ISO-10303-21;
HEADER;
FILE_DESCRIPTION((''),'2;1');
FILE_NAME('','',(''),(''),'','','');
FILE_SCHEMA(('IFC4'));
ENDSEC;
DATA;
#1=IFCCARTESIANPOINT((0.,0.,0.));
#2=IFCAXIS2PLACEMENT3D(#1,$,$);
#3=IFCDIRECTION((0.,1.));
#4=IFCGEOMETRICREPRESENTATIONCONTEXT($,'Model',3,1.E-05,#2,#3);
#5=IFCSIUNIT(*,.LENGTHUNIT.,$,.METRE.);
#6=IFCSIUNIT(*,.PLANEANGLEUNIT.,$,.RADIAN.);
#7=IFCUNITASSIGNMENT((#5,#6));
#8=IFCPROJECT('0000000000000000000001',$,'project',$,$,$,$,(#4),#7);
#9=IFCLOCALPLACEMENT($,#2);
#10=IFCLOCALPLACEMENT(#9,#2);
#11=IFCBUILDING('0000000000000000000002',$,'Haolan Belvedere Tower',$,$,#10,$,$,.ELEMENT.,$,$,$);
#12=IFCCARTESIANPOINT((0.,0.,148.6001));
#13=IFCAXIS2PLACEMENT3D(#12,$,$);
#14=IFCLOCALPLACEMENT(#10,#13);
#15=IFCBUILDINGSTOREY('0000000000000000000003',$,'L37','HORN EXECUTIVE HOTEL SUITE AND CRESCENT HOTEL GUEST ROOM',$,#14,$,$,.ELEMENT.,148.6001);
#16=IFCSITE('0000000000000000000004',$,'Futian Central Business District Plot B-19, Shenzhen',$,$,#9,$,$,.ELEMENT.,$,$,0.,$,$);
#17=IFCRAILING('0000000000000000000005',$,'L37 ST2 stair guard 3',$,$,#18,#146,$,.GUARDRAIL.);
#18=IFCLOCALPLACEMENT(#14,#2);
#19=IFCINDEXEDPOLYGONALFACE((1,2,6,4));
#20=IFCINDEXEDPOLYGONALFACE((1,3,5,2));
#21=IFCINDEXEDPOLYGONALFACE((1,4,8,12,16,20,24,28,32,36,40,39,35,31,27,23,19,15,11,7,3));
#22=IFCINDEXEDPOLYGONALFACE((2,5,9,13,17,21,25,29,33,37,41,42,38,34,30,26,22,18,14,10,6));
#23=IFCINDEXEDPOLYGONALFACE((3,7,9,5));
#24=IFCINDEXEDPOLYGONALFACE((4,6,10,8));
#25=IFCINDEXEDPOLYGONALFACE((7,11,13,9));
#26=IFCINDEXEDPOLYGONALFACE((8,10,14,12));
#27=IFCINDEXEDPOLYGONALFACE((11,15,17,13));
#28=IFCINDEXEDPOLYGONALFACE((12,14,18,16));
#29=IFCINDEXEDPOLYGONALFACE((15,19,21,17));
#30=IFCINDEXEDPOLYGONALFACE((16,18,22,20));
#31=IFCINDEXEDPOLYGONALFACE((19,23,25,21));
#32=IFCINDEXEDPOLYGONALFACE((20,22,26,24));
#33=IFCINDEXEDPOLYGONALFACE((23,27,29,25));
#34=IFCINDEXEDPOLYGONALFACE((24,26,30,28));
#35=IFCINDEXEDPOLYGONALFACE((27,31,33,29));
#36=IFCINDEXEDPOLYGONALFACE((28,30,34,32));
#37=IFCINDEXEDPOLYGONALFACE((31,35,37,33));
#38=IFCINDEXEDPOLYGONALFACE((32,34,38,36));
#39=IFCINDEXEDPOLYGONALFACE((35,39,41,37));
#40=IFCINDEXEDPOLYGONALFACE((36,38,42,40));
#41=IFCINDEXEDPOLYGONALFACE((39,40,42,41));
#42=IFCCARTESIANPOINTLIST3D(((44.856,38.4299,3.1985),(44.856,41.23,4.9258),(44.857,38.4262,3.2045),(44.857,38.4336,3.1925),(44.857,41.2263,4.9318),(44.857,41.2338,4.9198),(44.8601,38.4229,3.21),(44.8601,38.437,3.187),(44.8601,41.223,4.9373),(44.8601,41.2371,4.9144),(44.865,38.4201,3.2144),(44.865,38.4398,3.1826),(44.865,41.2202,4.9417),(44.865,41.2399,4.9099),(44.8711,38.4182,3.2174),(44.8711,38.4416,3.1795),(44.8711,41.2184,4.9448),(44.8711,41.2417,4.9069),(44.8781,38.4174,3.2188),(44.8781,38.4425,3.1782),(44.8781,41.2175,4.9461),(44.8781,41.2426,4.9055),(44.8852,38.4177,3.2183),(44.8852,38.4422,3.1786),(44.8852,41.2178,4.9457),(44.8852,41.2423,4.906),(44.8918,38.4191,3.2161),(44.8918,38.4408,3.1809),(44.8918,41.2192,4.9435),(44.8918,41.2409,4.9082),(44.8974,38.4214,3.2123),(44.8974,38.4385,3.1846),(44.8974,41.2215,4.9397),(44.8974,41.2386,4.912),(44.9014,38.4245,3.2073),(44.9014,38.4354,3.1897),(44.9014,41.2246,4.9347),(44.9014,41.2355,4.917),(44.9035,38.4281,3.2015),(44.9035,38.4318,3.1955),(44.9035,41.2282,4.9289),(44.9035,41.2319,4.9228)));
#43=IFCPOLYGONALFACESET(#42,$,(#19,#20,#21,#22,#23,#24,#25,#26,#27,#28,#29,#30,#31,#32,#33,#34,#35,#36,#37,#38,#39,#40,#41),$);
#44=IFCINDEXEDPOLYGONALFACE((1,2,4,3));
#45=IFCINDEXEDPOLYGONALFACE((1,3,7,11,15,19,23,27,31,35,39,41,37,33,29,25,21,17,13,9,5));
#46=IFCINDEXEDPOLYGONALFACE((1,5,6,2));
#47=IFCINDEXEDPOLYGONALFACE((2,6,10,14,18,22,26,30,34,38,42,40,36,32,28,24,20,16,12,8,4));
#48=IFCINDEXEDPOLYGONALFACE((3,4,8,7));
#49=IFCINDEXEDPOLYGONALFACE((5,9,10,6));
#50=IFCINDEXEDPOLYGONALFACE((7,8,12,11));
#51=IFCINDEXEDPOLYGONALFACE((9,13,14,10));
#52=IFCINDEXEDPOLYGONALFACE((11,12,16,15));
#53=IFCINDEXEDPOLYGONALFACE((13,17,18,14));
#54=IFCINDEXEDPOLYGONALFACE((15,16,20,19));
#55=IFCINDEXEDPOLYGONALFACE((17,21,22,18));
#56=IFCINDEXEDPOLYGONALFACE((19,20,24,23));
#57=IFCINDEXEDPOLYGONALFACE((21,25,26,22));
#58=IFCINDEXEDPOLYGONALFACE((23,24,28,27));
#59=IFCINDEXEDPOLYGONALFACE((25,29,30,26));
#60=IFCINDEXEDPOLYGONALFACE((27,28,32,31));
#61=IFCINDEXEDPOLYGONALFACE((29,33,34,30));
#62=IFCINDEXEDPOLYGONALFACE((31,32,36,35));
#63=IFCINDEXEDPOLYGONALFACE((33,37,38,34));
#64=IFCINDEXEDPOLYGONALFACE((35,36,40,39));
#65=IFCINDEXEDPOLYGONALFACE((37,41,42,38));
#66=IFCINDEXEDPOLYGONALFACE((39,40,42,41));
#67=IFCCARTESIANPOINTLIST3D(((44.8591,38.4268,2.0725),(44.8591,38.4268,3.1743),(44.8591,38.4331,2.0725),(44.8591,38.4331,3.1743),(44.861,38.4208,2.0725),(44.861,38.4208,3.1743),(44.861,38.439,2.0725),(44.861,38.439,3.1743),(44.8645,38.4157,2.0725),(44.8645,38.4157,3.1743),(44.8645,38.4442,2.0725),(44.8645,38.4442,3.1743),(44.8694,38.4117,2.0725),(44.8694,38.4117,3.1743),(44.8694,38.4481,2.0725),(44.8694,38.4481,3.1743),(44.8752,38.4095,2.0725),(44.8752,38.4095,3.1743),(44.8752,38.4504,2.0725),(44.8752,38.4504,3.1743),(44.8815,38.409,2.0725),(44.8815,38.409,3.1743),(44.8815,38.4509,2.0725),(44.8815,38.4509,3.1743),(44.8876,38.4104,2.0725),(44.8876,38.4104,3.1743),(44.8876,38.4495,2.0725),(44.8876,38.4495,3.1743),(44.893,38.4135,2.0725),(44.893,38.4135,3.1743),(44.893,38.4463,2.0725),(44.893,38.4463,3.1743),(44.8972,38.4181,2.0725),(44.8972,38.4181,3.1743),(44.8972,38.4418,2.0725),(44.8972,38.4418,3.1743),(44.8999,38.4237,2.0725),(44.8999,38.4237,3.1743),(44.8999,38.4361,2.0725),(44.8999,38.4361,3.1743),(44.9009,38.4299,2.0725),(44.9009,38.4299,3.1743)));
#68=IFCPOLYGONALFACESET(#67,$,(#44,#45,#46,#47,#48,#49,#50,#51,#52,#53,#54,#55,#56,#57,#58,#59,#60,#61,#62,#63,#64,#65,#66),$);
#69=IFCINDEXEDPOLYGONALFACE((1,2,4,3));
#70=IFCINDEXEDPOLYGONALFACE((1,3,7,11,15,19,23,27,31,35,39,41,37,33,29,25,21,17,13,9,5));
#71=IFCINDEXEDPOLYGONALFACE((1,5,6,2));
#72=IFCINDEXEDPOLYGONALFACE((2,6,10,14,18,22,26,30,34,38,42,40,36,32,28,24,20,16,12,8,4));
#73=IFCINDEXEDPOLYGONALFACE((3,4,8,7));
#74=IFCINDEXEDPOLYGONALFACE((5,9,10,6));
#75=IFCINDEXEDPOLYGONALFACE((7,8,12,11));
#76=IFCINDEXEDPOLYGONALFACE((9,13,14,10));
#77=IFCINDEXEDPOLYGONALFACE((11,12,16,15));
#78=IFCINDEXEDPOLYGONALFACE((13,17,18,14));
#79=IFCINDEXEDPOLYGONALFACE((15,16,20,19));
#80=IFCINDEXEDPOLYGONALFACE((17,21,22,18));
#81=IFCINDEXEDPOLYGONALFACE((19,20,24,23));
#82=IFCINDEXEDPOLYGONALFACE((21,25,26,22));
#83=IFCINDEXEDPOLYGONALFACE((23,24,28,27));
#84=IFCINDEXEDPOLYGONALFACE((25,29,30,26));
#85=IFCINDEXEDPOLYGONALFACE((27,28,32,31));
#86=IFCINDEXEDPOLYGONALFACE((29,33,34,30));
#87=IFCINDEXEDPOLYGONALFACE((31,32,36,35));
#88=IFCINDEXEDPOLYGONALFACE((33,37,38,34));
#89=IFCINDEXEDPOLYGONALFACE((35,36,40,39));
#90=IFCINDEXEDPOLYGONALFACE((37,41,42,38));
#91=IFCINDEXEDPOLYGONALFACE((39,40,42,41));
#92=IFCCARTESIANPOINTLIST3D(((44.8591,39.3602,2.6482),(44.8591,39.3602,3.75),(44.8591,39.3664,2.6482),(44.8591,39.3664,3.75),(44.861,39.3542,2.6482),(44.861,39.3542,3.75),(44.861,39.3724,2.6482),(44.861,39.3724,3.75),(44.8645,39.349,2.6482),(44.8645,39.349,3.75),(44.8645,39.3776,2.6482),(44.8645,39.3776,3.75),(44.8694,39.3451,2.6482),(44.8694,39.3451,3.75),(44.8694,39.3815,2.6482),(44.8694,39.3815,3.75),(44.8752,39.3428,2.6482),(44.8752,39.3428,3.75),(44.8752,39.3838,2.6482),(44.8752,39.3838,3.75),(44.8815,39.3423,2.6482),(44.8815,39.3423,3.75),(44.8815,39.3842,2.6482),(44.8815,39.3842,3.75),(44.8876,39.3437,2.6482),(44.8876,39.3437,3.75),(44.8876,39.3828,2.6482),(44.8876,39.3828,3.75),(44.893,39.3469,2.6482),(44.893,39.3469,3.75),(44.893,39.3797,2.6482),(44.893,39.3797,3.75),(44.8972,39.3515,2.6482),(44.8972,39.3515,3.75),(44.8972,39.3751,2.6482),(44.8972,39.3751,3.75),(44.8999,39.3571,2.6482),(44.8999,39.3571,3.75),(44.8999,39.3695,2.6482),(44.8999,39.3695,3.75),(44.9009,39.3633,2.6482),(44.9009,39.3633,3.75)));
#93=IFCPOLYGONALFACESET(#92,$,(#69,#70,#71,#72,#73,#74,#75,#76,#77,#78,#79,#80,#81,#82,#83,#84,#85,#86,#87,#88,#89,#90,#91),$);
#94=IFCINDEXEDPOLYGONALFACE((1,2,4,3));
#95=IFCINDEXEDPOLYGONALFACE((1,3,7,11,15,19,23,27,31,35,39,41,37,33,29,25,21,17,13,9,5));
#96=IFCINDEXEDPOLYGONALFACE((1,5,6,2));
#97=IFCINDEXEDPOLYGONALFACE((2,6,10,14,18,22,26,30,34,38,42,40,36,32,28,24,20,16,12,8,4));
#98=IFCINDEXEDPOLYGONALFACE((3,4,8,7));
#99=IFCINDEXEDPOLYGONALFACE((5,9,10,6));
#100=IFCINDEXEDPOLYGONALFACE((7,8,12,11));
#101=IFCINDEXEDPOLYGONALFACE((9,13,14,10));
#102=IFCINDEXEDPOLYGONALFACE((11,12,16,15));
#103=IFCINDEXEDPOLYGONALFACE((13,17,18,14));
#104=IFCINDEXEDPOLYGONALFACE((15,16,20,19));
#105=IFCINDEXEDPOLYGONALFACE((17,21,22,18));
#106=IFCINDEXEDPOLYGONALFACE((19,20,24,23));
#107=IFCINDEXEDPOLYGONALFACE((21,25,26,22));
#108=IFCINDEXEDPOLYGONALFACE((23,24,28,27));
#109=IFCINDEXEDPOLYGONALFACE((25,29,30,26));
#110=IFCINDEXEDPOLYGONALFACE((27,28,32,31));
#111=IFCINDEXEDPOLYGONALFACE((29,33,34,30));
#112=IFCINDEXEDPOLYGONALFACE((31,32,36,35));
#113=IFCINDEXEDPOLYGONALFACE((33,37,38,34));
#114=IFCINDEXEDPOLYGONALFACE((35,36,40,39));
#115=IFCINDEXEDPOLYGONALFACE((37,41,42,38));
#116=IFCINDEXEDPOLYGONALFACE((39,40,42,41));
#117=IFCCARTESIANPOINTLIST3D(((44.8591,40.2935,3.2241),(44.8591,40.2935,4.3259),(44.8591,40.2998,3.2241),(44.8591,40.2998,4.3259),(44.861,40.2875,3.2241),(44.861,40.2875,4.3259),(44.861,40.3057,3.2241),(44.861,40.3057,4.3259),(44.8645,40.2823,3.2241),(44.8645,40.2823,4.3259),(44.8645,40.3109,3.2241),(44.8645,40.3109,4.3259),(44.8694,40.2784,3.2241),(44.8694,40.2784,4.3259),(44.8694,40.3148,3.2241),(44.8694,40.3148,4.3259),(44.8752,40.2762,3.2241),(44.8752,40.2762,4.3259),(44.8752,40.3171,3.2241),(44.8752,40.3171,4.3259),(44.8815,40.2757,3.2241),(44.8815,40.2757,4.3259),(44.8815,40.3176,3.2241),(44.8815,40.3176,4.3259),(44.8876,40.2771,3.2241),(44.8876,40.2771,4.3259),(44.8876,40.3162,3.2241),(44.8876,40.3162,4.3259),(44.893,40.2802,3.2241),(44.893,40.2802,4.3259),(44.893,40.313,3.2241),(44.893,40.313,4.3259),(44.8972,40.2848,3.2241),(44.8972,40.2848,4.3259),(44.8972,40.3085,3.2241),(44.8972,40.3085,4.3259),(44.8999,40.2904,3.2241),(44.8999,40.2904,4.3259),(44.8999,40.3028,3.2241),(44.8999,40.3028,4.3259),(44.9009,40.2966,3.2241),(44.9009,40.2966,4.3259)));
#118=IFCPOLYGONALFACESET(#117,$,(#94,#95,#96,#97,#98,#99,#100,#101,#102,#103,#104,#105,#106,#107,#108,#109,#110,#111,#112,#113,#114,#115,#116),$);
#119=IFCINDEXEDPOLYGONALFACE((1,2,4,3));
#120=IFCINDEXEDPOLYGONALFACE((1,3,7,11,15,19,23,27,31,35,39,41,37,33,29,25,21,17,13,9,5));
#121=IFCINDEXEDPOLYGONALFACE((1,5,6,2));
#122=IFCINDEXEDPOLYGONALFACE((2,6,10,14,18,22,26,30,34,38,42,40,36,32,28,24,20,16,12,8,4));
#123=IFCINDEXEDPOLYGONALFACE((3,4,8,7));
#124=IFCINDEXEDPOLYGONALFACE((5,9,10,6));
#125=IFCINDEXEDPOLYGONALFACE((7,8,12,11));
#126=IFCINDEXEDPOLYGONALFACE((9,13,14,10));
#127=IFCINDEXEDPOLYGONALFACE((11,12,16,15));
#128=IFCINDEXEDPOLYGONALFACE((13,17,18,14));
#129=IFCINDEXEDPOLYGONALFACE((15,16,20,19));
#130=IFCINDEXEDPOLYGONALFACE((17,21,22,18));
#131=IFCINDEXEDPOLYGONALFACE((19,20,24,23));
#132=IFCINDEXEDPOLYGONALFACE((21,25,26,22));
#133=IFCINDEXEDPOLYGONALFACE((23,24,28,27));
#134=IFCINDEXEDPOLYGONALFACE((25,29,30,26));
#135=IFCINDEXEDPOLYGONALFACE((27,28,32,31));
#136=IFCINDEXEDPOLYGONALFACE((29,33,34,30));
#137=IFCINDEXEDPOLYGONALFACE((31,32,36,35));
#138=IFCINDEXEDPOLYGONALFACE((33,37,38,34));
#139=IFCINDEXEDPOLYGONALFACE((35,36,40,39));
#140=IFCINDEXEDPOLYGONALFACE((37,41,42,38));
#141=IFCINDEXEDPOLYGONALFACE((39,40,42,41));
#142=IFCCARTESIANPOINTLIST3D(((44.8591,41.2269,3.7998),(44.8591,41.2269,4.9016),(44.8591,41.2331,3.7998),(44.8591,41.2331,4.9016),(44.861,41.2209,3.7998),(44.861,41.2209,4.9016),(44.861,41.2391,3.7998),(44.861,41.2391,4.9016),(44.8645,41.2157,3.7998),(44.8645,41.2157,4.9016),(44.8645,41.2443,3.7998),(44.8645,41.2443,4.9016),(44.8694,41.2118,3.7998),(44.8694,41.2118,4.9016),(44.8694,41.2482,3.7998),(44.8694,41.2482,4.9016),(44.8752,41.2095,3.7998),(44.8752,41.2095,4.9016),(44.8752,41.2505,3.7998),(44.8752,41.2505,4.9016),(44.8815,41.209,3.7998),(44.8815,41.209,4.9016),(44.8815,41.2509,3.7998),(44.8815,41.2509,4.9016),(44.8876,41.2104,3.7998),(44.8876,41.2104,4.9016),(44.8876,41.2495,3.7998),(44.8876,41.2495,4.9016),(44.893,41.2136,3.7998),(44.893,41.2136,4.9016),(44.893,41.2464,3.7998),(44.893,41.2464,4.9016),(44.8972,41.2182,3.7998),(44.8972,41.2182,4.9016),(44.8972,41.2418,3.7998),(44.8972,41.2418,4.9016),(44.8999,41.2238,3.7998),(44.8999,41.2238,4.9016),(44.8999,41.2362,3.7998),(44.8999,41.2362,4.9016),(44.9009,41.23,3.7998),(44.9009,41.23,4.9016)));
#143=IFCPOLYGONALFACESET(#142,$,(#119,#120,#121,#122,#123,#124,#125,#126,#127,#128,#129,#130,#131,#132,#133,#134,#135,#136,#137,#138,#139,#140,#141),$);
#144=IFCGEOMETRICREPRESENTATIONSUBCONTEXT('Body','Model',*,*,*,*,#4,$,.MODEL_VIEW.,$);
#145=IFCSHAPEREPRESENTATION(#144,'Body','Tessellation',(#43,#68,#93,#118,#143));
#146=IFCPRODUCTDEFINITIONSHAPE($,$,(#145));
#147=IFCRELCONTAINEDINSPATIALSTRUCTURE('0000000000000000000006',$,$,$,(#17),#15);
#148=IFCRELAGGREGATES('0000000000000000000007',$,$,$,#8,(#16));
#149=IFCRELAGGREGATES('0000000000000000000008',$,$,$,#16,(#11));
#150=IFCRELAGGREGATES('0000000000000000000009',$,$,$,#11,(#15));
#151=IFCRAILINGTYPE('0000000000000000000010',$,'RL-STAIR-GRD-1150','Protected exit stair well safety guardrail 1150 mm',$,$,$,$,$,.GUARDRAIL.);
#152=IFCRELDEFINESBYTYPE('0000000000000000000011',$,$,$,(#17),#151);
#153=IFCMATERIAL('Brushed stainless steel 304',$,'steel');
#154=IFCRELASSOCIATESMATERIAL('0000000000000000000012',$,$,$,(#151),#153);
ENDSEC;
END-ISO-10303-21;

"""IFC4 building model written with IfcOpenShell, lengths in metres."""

from ifc_helpers import new_model, si_unit, direction, frame, origin, origin_2d, place, context, subcontext, project, spatial, circle, extrude, material, type_object, element, save


model = new_model("IFC4")

# Units and contexts
model_context = context("Model", 3, precision=1e-05, world=origin(), true_north=direction((0.0, 1.0)))
body_context = subcontext(model_context, "Body", "Model", "MODEL_VIEW")
ifc_project = project(units=[si_unit("LENGTHUNIT", "METRE"), si_unit("PLANEANGLEUNIT", "RADIAN")], contexts=[model_context])

# Site, building, storey
site_placement = place(None, origin())
site = spatial("IfcSite", under=ifc_project, at=site_placement, Name="Futian Central Business District Plot B-19, Shenzhen", CompositionType="ELEMENT", RefElevation=0.0)
building_placement = place(site_placement, origin())
building = spatial("IfcBuilding", under=site, at=building_placement, Name="Haolan Belvedere Tower", CompositionType="ELEMENT")
storey_placement = place(building_placement, frame((0.0, 0.0, 148.6001)))
storey = spatial("IfcBuildingStorey", under=building, at=storey_placement, Name="L37", Description="HORN EXECUTIVE HOTEL SUITE AND CRESCENT HOTEL GUEST ROOM", CompositionType="ELEMENT", Elevation=148.6001)

# Railing
ifc_material_1 = material(Name="Brushed stainless steel 304", Category="steel")
railing_type_1 = type_object("IfcRailingType", Name="RL-STAIR-GRD-1150", Description="Protected exit stair well safety guardrail 1150 mm", PredefinedType="GUARDRAIL", material=ifc_material_1)
railing_1_placement = place(storey_placement, frame((44.8799, 38.4299, 2.0725)))
element("IfcRailing", 1, at=railing_1_placement, inside=storey, type_object=railing_type_1, Name="L37 ST2 stair guard 3", PredefinedType="GUARDRAIL", context=body_context, shape_type="SweptSolid", body=[
    extrude(circle(Radius=0.0239, at=origin_2d()), frame((0.0, 0.0, 1.126), z_axis=(0.0, 0.85109, 0.52502), x_axis=(-1.0, 0.0, 0.0)), (0.0, 0.0, 1.0), 3.29),
    extrude(circle(Radius=0.021, at=origin_2d()), origin(), (0.0, 0.0, 1.0), 1.1018),
    extrude(circle(Radius=0.021, at=origin_2d()), frame((0.0, 0.9333, 0.5757)), (0.0, 0.0, 1.0), 1.1018),
    extrude(circle(Radius=0.021, at=origin_2d()), frame((0.0, 1.8667, 1.1516)), (0.0, 0.0, 1.0), 1.1018),
    extrude(circle(Radius=0.021, at=origin_2d()), frame((0.0, 2.8, 1.7273)), (0.0, 0.0, 1.0), 1.1018),
])

save(model, "model.ifc")
